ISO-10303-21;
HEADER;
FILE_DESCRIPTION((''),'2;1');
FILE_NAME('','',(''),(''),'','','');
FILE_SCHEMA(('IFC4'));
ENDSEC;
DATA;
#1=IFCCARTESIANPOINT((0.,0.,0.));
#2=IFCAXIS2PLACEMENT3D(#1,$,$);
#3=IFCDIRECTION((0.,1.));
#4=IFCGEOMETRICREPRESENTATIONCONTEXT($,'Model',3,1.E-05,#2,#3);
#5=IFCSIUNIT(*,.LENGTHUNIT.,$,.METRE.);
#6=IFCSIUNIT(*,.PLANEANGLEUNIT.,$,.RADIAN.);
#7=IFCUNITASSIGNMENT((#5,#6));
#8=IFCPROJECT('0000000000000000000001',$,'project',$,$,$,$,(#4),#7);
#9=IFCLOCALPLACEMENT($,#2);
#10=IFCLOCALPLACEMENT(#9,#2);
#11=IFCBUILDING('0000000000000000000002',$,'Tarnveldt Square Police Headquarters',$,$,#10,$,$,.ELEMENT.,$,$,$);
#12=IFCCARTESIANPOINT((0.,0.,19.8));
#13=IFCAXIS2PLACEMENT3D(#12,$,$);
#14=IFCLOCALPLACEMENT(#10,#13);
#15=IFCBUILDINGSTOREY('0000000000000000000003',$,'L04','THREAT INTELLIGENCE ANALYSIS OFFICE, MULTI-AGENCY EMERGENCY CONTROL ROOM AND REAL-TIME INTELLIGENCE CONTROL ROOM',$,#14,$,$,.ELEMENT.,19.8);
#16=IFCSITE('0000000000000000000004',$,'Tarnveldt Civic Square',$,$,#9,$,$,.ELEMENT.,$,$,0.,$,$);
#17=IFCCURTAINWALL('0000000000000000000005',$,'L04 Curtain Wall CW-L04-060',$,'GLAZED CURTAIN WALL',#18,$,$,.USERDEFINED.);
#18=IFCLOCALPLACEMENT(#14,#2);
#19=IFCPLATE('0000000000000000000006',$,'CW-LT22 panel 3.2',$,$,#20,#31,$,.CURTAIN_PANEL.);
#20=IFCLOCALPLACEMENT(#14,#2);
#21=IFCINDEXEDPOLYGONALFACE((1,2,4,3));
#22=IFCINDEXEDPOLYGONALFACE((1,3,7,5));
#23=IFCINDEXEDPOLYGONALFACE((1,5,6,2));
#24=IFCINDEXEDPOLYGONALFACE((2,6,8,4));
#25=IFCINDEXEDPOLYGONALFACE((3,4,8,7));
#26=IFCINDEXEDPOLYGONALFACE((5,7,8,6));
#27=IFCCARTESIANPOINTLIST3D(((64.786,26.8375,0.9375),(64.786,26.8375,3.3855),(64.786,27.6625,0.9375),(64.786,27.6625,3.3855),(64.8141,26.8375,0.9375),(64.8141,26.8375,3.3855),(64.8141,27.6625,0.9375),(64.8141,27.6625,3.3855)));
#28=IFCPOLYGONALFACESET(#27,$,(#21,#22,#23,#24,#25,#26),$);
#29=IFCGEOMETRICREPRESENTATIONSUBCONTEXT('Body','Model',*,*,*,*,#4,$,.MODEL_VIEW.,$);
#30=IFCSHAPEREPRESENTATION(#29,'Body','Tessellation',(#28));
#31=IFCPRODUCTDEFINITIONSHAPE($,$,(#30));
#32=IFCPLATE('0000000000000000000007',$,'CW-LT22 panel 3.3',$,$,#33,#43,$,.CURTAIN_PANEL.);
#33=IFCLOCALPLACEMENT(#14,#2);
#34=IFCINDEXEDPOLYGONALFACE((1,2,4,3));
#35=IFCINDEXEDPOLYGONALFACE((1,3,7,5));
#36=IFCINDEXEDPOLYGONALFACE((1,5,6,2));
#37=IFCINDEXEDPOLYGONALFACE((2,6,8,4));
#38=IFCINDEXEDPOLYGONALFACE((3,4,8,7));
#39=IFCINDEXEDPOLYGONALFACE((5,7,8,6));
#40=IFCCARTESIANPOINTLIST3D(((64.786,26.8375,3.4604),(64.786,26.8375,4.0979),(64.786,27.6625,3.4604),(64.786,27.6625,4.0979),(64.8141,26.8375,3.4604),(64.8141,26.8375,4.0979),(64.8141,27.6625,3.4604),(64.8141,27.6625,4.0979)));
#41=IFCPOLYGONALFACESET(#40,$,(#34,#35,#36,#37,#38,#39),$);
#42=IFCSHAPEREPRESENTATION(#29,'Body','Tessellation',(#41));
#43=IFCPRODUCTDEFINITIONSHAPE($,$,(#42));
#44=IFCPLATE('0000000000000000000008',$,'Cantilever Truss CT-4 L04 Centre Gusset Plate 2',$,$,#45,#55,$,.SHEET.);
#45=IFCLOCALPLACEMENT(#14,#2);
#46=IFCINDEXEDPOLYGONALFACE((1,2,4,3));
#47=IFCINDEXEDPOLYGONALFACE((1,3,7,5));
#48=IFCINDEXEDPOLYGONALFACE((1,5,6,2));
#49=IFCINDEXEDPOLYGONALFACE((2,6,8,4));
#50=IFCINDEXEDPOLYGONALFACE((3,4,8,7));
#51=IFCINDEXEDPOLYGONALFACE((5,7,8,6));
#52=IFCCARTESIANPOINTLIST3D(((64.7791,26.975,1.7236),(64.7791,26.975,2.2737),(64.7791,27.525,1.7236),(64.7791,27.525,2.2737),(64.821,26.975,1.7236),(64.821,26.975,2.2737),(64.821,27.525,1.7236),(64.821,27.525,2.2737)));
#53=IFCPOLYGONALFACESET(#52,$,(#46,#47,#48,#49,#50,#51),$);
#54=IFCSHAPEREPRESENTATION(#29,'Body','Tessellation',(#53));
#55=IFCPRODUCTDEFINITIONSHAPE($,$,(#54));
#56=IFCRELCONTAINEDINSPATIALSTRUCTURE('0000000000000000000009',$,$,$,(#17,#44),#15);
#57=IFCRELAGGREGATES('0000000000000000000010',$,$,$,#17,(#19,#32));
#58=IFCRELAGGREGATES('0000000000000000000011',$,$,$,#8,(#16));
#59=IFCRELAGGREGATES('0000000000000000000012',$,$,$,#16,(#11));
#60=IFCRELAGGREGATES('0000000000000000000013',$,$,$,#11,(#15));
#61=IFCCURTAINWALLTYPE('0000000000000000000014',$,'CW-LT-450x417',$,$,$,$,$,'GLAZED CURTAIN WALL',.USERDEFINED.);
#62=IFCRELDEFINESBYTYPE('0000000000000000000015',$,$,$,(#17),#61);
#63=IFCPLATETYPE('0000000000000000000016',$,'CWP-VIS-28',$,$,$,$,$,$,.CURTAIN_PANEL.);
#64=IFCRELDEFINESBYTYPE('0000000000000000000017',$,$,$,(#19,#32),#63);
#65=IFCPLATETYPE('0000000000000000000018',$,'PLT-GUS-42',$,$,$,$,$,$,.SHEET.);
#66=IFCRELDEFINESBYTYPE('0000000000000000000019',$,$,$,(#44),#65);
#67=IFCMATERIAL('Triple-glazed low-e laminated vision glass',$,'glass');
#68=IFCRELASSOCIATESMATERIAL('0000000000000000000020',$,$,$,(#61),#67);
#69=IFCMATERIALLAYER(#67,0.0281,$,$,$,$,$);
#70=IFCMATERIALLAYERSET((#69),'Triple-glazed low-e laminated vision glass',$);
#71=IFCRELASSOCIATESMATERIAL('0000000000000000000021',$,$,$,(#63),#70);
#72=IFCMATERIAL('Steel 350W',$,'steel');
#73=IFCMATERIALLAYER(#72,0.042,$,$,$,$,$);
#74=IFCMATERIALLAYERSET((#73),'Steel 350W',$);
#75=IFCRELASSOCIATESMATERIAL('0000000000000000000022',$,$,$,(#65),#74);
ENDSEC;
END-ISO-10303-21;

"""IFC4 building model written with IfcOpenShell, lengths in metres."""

from ifc_helpers import new_model, si_unit, direction, frame, origin, origin_2d, place, context, subcontext, project, spatial, rectangle, extrude, material, layer, layer_set, type_object, element, aggregate, save


model = new_model("IFC4")

# Units and contexts
model_context = context("Model", 3, precision=1e-05, world=origin(), true_north=direction((0.0, 1.0)))
body_context = subcontext(model_context, "Body", "Model", "MODEL_VIEW")
ifc_project = project(units=[si_unit("LENGTHUNIT", "METRE"), si_unit("PLANEANGLEUNIT", "RADIAN")], contexts=[model_context])

# Site, building, storey
site_placement = place(None, origin())
site = spatial("IfcSite", under=ifc_project, at=site_placement, Name="Tarnveldt Civic Square", CompositionType="ELEMENT", RefElevation=0.0)
building_placement = place(site_placement, origin())
building = spatial("IfcBuilding", under=site, at=building_placement, Name="Tarnveldt Square Police Headquarters", CompositionType="ELEMENT")
storey_placement = place(building_placement, frame((0.0, 0.0, 19.8)))
storey = spatial("IfcBuildingStorey", under=building, at=storey_placement, Name="L04", Description="THREAT INTELLIGENCE ANALYSIS OFFICE, MULTI-AGENCY EMERGENCY CONTROL ROOM AND REAL-TIME INTELLIGENCE CONTROL ROOM", CompositionType="ELEMENT", Elevation=19.8)

# Shared definitions
ifc_material_1 = material(Name="Steel 350W", Category="steel")

# Shared definitions
ifc_material_2 = material(Name="Triple-glazed low-e laminated vision glass", Category="glass")
curtain_wall_type = type_object("IfcCurtainWallType", Name="CW-LT-450x417", ElementType="GLAZED CURTAIN WALL", PredefinedType="USERDEFINED", material=ifc_material_2)

# Curtain wall
curtain_wall_1_placement = place(storey_placement, origin())
curtain_wall_1 = element("IfcCurtainWall", 1, at=curtain_wall_1_placement, inside=storey, type_object=curtain_wall_type, Name="L04 Curtain Wall CW-L04-060", ObjectType="GLAZED CURTAIN WALL", PredefinedType="USERDEFINED")

# Plates
ifc_layer_1 = layer(ifc_material_2, 0.0281)
ifc_layer_set_1 = layer_set([ifc_layer_1], Name="Triple-glazed low-e laminated vision glass")
plate_type_1 = type_object("IfcPlateType", Name="CWP-VIS-28", PredefinedType="CURTAIN_PANEL", material=ifc_layer_set_1)
plate_1_placement = place(storey_placement, frame((64.8, 27.25, 0.9375), z_axis=(0.0, 0.0, 1.0), x_axis=(0.0, 1.0, 0.0)))
plate_1 = element("IfcPlate", 2, at=plate_1_placement, type_object=plate_type_1, Name="CW-LT22 panel 3.2", PredefinedType="CURTAIN_PANEL", context=body_context, shape_type="SweptSolid", body=[
    extrude(rectangle(XDim=0.825, YDim=0.0281, at=origin_2d()), origin(), (0.0, 0.0, 1.0), 2.448),
])
plate_2_placement = place(storey_placement, frame((64.8, 27.25, 3.4604), z_axis=(0.0, 0.0, 1.0), x_axis=(0.0, 1.0, 0.0)))
plate_2 = element("IfcPlate", 3, at=plate_2_placement, type_object=plate_type_1, Name="CW-LT22 panel 3.3", PredefinedType="CURTAIN_PANEL", context=body_context, shape_type="SweptSolid", body=[
    extrude(rectangle(XDim=0.825, YDim=0.0281, at=origin_2d()), origin(), (0.0, 0.0, 1.0), 0.6375),
])
aggregate(curtain_wall_1, [plate_1, plate_2])
ifc_layer_2 = layer(ifc_material_1, 0.042)
ifc_layer_set_2 = layer_set([ifc_layer_2], Name="Steel 350W")
plate_type_2 = type_object("IfcPlateType", Name="PLT-GUS-42", PredefinedType="SHEET", material=ifc_layer_set_2)
plate_3_placement = place(storey_placement, frame((64.8, 27.25, 1.7236), z_axis=(0.0, 0.0, 1.0), x_axis=(1.0, 0.0, 0.0)))
element("IfcPlate", 4, at=plate_3_placement, inside=storey, type_object=plate_type_2, Name="Cantilever Truss CT-4 L04 Centre Gusset Plate 2", PredefinedType="SHEET", context=body_context, shape_type="SweptSolid", body=[
    extrude(rectangle(XDim=0.042, YDim=0.55, at=origin_2d()), origin(), (0.0, 0.0, 1.0), 0.55),
])

save(model, "model.ifc")
